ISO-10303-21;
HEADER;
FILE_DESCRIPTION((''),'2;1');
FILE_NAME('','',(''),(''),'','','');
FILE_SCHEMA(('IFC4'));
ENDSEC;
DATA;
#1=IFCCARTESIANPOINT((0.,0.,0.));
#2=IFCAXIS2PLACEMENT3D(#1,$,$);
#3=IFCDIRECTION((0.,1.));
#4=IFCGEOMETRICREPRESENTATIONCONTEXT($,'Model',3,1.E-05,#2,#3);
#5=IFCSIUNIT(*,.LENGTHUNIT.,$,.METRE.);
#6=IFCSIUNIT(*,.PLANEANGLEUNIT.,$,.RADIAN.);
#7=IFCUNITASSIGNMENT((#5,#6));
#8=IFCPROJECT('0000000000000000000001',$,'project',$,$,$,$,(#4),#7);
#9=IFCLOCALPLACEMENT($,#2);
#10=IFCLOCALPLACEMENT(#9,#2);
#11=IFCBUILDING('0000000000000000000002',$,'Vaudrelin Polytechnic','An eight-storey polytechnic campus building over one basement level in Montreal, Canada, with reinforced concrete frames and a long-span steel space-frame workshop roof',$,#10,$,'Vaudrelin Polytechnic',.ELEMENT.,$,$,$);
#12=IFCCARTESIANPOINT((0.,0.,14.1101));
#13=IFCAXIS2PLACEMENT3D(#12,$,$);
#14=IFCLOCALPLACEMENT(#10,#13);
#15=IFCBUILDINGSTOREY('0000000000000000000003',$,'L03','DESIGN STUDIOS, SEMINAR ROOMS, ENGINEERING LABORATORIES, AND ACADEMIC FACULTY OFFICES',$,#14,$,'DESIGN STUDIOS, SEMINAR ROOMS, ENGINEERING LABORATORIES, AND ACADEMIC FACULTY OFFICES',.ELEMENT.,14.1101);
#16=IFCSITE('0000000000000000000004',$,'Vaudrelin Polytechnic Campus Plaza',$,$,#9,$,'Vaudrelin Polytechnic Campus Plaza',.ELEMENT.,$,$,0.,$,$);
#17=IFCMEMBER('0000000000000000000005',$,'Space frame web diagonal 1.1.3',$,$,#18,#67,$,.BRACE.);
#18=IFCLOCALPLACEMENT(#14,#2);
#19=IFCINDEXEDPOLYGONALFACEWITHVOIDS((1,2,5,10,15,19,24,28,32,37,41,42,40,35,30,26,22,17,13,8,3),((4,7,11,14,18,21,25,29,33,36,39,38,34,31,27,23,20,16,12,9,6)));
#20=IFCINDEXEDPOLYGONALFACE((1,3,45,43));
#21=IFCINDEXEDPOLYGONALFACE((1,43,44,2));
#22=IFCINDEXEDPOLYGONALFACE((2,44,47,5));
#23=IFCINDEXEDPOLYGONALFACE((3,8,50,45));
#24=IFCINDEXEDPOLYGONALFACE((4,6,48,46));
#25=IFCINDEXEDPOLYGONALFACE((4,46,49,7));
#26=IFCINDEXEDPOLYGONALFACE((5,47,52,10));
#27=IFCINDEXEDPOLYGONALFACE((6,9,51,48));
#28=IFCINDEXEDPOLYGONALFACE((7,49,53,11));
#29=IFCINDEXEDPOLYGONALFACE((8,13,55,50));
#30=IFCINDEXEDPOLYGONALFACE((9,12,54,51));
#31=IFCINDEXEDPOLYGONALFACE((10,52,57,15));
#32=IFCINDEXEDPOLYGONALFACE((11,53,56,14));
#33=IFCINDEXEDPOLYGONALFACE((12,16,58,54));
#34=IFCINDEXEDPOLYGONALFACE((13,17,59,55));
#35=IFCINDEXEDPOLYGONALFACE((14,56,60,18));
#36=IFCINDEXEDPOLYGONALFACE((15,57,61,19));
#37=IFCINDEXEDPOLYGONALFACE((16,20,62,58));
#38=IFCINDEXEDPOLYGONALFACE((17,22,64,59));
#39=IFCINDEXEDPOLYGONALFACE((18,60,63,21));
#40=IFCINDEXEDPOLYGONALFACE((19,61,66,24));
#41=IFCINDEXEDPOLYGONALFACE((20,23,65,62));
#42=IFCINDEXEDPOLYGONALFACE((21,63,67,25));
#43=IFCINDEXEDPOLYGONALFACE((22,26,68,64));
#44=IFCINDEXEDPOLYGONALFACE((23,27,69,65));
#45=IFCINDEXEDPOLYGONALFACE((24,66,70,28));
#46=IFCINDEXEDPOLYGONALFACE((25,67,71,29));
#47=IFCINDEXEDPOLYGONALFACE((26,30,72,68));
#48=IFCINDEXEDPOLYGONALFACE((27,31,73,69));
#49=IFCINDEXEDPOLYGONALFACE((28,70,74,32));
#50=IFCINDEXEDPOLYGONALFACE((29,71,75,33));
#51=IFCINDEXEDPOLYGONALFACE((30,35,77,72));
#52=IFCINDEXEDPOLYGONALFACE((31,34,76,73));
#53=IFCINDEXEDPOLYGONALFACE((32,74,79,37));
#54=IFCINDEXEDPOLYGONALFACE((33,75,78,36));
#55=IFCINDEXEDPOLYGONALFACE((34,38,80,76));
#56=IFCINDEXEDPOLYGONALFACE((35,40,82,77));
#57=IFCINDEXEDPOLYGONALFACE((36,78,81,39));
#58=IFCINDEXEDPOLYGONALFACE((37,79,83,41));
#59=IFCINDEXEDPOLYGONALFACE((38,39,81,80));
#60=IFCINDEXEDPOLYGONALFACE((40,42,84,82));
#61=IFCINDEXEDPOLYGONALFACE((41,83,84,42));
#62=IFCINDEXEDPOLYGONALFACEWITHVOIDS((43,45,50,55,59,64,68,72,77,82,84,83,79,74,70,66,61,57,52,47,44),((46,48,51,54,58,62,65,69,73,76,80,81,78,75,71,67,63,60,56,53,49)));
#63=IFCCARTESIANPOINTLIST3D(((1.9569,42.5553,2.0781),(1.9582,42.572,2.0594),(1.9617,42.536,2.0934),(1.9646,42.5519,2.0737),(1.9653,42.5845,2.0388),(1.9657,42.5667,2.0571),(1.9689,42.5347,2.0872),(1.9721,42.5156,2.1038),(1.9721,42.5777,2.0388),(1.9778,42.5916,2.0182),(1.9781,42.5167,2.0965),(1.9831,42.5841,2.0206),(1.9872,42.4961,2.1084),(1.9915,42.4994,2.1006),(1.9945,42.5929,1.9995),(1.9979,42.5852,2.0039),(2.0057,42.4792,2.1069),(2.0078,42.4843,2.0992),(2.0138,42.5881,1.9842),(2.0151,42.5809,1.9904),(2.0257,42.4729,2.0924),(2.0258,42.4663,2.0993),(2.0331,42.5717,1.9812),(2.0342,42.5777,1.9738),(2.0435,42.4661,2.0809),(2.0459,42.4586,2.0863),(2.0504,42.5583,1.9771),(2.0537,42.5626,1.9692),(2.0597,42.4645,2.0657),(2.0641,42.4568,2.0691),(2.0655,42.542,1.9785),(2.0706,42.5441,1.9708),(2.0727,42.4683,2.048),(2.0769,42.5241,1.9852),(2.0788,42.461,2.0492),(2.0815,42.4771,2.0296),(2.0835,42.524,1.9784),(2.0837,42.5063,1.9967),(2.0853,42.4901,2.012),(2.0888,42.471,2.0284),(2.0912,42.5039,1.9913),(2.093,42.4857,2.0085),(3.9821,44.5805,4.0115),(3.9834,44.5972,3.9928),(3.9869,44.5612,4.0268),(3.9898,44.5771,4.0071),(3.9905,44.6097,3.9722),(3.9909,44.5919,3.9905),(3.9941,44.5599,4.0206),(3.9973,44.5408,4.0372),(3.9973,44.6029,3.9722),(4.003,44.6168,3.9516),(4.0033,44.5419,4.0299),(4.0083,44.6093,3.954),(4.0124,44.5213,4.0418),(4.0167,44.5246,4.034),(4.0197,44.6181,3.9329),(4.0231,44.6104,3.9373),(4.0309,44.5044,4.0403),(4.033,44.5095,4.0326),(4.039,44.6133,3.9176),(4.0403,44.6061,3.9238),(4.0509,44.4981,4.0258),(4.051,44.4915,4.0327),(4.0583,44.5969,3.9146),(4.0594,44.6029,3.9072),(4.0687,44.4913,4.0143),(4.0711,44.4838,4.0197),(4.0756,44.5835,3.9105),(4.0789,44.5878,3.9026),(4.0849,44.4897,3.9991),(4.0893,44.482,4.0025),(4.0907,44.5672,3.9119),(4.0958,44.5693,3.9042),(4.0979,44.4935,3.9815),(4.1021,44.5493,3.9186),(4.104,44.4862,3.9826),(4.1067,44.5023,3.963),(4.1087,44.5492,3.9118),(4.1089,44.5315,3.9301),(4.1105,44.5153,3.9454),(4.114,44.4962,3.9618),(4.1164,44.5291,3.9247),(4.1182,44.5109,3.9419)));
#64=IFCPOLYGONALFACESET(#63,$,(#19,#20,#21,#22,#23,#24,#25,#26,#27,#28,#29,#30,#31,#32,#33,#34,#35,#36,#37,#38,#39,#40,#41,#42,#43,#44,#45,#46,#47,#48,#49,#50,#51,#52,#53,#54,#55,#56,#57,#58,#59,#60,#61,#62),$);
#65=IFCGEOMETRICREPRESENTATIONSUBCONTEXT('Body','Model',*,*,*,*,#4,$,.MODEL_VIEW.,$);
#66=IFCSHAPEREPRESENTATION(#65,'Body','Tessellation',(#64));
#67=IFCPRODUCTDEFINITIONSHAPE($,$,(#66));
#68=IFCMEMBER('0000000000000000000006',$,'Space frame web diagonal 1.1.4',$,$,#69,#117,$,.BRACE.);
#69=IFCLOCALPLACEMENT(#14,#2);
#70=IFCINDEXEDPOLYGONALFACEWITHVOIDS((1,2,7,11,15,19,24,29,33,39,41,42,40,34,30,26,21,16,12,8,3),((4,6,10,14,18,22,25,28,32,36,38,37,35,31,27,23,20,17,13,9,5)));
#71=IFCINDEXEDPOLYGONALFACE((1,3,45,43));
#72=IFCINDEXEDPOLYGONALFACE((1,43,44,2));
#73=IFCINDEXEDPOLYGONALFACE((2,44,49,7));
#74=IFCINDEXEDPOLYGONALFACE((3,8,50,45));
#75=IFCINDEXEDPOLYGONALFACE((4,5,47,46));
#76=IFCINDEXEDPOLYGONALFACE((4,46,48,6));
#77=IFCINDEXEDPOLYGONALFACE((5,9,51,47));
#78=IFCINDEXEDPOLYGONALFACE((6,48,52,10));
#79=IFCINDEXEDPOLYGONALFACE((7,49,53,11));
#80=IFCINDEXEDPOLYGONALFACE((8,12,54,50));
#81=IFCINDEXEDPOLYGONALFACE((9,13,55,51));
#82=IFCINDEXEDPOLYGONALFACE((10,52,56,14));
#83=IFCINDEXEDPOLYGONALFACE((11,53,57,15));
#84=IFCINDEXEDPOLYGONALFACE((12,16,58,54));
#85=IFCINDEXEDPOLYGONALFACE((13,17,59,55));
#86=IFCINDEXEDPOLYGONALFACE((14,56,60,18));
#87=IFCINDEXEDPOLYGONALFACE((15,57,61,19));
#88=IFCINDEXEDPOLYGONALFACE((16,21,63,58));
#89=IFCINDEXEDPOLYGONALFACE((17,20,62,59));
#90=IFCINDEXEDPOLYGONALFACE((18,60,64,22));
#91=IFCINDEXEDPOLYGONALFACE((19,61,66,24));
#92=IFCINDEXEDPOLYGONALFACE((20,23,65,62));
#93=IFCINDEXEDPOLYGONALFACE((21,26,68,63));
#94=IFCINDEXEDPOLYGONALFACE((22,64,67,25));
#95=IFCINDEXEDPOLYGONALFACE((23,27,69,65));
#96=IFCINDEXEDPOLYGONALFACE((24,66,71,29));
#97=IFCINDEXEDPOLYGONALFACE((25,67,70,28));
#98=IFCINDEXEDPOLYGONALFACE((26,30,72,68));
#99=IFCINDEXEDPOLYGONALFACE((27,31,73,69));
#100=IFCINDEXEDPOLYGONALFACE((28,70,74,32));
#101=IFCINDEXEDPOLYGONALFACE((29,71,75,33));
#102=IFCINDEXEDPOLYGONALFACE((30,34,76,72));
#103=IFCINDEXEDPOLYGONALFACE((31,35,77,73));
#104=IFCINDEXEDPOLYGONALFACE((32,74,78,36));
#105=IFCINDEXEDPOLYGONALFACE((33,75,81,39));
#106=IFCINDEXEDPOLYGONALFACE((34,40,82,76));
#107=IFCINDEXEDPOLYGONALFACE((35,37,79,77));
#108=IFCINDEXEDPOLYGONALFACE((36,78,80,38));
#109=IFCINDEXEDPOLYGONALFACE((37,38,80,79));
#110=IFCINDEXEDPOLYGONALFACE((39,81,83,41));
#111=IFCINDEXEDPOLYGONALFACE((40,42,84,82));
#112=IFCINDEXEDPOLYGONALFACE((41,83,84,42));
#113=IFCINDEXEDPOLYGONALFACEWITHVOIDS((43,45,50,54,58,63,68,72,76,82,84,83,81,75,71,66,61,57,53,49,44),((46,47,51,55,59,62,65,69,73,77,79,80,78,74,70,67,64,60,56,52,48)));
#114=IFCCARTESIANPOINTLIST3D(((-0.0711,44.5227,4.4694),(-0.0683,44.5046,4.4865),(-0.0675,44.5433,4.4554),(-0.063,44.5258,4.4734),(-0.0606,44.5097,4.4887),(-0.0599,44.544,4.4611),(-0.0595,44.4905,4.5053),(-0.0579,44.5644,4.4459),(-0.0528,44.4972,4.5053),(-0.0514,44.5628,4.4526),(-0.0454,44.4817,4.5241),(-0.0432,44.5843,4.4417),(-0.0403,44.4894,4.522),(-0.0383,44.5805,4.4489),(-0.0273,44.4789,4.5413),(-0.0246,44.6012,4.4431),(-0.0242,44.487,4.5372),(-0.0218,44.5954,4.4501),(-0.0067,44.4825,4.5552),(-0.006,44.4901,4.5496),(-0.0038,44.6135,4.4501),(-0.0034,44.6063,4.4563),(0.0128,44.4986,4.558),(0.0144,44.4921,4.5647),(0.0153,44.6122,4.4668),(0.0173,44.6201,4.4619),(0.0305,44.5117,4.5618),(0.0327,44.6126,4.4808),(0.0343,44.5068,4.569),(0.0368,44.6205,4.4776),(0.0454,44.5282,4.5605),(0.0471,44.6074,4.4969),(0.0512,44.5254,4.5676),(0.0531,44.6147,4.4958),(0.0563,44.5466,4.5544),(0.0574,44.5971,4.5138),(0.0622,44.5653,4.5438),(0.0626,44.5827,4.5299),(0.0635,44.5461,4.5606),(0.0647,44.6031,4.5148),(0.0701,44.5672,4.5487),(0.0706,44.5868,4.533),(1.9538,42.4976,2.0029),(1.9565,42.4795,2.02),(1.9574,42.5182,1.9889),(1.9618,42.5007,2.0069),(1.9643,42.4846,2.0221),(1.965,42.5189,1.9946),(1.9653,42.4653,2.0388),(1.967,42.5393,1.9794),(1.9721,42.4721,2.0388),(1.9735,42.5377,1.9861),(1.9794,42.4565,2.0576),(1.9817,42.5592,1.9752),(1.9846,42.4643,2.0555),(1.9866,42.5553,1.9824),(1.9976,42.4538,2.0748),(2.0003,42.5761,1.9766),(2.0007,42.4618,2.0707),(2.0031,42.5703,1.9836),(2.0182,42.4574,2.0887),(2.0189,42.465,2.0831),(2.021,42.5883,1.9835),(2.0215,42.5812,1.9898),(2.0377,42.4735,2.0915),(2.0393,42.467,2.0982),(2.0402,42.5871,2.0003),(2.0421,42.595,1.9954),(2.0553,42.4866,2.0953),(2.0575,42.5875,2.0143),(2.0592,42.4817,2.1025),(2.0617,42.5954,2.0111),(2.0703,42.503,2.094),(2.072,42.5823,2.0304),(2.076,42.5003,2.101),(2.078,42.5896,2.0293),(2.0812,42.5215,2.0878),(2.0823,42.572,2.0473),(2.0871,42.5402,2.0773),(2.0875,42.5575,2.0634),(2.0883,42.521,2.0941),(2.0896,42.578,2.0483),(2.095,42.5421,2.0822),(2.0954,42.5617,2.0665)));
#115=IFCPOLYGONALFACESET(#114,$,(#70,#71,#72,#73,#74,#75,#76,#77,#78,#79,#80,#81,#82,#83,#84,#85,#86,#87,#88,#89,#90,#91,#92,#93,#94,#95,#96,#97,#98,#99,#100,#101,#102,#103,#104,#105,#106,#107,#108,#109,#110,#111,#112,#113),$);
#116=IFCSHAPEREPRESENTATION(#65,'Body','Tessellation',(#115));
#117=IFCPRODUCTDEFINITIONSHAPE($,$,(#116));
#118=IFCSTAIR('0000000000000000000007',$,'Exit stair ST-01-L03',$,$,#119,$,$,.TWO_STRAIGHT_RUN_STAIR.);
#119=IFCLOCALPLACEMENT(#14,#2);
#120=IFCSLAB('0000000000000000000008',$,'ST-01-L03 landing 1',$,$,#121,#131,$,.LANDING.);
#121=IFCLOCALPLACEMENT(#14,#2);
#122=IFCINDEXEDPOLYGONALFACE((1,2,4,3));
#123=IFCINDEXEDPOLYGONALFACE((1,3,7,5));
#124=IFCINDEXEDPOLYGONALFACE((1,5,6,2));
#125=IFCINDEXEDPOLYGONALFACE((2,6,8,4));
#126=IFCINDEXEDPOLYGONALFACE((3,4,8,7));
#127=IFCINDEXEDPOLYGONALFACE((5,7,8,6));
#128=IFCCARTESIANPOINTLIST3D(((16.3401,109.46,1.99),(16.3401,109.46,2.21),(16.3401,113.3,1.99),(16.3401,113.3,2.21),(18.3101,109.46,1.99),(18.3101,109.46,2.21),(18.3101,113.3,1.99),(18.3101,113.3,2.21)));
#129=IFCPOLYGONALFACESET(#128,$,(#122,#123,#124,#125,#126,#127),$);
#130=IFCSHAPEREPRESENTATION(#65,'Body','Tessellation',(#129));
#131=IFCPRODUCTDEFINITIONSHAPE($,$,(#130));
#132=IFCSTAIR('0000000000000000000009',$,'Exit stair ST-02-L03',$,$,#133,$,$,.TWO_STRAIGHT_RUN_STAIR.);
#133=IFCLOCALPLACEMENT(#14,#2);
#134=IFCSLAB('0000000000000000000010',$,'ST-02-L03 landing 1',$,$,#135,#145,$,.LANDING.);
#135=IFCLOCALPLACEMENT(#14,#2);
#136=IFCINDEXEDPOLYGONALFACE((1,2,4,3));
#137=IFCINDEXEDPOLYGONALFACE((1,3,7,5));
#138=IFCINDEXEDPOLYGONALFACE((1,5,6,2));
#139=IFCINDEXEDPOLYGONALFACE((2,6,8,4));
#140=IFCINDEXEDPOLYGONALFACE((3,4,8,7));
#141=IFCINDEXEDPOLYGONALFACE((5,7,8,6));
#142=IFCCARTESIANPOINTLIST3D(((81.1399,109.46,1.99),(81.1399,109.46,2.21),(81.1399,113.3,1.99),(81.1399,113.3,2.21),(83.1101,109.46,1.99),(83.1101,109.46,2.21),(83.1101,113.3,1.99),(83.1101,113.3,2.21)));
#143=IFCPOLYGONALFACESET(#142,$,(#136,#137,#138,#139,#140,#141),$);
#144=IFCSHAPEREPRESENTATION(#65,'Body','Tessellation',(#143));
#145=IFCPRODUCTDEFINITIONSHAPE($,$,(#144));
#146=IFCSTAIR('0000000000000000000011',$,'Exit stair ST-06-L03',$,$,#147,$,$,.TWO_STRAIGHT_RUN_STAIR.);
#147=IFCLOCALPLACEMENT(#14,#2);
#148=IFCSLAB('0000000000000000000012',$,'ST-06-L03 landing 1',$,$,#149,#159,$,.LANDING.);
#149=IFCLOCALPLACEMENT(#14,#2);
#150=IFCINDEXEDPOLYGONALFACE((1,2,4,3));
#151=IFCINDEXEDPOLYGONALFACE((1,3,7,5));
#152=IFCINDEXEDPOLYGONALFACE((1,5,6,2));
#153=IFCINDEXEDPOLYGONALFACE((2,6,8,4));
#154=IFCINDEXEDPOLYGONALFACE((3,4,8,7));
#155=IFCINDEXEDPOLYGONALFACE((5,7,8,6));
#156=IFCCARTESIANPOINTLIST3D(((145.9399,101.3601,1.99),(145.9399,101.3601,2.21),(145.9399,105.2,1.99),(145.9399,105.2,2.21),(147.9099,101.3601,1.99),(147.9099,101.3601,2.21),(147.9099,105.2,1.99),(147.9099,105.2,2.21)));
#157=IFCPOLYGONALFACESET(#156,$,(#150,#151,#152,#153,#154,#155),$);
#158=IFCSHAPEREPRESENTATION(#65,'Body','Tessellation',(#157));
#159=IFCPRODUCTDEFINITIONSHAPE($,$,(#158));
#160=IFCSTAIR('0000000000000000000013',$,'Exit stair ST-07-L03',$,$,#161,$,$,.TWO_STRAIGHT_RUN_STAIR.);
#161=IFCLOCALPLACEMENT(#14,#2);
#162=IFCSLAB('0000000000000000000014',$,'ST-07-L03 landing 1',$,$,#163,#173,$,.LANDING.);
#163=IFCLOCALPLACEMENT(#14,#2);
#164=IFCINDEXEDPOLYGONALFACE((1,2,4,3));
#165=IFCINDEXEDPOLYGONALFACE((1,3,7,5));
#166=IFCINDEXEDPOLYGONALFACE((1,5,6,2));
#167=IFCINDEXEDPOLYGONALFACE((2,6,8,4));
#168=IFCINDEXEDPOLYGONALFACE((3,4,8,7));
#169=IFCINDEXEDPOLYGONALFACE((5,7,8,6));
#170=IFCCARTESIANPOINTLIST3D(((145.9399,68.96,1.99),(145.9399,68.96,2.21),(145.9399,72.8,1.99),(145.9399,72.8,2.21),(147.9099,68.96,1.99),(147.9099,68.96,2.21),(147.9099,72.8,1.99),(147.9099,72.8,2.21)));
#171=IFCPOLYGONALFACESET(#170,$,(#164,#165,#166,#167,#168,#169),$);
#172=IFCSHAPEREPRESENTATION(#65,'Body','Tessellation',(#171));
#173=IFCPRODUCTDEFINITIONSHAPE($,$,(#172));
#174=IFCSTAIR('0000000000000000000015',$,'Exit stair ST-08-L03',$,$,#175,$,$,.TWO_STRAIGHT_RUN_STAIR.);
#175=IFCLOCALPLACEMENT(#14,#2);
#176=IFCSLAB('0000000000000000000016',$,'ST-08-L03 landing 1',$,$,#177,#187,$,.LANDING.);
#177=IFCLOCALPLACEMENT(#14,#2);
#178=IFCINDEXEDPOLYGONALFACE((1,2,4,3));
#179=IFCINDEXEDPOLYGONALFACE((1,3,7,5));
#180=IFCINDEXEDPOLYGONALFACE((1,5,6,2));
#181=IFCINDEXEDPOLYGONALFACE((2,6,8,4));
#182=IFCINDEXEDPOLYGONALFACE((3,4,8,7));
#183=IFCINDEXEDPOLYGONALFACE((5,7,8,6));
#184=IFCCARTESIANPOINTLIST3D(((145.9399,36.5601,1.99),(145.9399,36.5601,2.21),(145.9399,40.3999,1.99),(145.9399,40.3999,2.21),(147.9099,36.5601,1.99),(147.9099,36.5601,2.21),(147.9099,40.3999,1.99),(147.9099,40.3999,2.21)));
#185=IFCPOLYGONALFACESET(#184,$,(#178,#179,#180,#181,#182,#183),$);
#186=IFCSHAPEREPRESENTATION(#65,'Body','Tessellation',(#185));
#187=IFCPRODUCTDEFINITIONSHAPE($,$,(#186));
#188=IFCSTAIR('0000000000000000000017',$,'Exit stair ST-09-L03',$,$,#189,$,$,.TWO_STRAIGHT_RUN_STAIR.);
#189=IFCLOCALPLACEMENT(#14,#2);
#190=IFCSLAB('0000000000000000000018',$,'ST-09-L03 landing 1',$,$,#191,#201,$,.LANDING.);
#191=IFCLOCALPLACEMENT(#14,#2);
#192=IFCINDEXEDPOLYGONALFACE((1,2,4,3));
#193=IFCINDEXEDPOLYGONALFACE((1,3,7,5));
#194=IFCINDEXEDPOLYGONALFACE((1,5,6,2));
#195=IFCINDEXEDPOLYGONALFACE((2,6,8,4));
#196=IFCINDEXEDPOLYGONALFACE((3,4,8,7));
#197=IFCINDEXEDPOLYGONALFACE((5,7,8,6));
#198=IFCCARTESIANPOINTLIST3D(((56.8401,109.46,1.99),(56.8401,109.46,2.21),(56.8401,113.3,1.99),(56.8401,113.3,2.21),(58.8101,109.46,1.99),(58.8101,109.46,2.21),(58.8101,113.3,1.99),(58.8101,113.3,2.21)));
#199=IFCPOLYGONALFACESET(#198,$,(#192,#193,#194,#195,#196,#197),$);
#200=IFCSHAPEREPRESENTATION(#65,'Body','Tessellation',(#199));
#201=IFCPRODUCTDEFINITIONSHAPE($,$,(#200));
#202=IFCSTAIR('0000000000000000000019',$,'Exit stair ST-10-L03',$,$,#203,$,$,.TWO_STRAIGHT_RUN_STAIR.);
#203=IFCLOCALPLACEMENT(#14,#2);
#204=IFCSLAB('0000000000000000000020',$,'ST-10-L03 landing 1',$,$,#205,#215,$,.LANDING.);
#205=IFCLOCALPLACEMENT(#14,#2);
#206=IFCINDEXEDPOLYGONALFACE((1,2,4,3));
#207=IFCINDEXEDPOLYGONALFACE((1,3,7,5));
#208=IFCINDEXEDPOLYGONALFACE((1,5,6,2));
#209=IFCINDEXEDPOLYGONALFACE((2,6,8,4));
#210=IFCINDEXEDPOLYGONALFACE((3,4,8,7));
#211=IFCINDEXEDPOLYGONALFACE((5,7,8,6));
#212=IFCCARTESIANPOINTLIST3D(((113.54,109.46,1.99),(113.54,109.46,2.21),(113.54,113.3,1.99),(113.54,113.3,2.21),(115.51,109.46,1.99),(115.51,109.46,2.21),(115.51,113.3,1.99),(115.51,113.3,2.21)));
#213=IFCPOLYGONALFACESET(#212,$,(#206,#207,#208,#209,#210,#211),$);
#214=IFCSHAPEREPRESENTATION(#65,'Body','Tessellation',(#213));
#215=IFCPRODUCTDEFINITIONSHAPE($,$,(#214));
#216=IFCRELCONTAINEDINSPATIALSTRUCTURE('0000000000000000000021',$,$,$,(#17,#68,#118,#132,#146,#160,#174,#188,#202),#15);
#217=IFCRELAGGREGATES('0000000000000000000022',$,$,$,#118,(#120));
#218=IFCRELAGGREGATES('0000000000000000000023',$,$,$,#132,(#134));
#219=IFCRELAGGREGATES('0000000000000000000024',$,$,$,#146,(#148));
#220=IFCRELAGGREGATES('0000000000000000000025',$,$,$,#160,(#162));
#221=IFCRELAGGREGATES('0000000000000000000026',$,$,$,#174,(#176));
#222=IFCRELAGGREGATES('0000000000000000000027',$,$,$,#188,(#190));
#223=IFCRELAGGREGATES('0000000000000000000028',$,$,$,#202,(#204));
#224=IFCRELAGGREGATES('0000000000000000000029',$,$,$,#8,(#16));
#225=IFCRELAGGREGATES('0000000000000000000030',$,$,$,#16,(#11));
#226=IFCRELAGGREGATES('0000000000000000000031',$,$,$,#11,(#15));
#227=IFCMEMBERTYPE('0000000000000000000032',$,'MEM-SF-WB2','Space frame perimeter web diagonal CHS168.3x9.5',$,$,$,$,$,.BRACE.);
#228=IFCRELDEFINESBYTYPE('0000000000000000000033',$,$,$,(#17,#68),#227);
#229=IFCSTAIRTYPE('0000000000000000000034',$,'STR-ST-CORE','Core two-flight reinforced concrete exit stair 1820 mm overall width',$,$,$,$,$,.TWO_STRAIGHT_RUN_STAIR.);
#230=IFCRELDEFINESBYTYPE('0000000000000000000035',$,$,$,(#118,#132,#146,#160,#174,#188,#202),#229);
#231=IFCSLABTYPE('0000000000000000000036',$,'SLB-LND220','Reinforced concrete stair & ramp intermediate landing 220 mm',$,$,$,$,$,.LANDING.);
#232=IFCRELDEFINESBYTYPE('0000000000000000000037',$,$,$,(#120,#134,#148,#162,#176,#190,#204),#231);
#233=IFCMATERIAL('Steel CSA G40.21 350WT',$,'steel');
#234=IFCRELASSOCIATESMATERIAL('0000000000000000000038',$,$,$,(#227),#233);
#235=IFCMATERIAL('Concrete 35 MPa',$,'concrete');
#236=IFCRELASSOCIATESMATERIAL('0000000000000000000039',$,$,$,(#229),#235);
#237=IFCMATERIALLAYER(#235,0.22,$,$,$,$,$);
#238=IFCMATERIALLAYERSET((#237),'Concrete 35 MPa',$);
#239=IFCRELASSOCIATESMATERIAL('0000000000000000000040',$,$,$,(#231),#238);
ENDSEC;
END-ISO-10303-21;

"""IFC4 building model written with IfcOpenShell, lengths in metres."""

from ifc_helpers import new_model, si_unit, direction, frame, origin, origin_2d, place, context, subcontext, project, spatial, polyline, hollow_circle, outline, extrude, material, layer, layer_set, material_profile, profile_set, type_object, element, aggregate, save


model = new_model("IFC4")

# Units and contexts
model_context = context("Model", 3, precision=1e-05, world=origin(), true_north=direction((0.0, 1.0)))
body_context = subcontext(model_context, "Body", "Model", "MODEL_VIEW")
ifc_project = project(units=[si_unit("LENGTHUNIT", "METRE"), si_unit("PLANEANGLEUNIT", "RADIAN")], contexts=[model_context])

# Site, building, storey
site_placement = place(None, origin())
site = spatial("IfcSite", under=ifc_project, at=site_placement, Name="Vaudrelin Polytechnic Campus Plaza", LongName="Vaudrelin Polytechnic Campus Plaza", CompositionType="ELEMENT", RefElevation=0.0)
building_placement = place(site_placement, origin())
building = spatial("IfcBuilding", under=site, at=building_placement, Name="Vaudrelin Polytechnic", Description="An eight-storey polytechnic campus building over one basement level in Montreal, Canada, with reinforced concrete frames and a long-span steel space-frame workshop roof", LongName="Vaudrelin Polytechnic", CompositionType="ELEMENT")
storey_placement = place(building_placement, frame((0.0, 0.0, 14.1101)))
storey = spatial("IfcBuildingStorey", under=building, at=storey_placement, Name="L03", Description="DESIGN STUDIOS, SEMINAR ROOMS, ENGINEERING LABORATORIES, AND ACADEMIC FACULTY OFFICES", LongName="DESIGN STUDIOS, SEMINAR ROOMS, ENGINEERING LABORATORIES, AND ACADEMIC FACULTY OFFICES", CompositionType="ELEMENT", Elevation=14.1101)

# Members
ifc_material_1 = material(Name="Steel CSA G40.21 350WT", Category="steel")
ifc_material_profile_1 = material_profile(ifc_material_1, hollow_circle(Radius=0.0842, WallThickness=0.0095, at=origin_2d()), Name="CHS168.3x9.5")
ifc_profile_set_1 = profile_set([ifc_material_profile_1], Name="Steel CSA G40.21 350WT")
member_type_1 = type_object("IfcMemberType", Name="MEM-SF-WB2", Description="Space frame perimeter web diagonal CHS168.3x9.5", PredefinedType="BRACE", material=ifc_profile_set_1)
member_1_placement = place(storey_placement, frame((2.0249, 42.5249, 2.0388), z_axis=(0.58607, 0.58607, 0.559504), x_axis=(-0.707107, 0.707107, 0.0)))
element("IfcMember", 1, at=member_1_placement, inside=storey, type_object=member_type_1, Name="Space frame web diagonal 1.1.3", PredefinedType="BRACE", context=body_context, shape_type="SweptSolid", body=[
    extrude(hollow_circle(Radius=0.0842, WallThickness=0.0095, at=origin_2d()), origin(), (0.0, 0.0, 1.0), 3.4556),
])
member_2_placement = place(storey_placement, frame((2.0249, 42.5249, 2.0388), z_axis=(-0.535746, 0.535811, 0.652597), x_axis=(-0.707149, -0.707064, 0.0)))
element("IfcMember", 2, at=member_2_placement, inside=storey, type_object=member_type_1, Name="Space frame web diagonal 1.1.4", PredefinedType="BRACE", context=body_context, shape_type="SweptSolid", body=[
    extrude(hollow_circle(Radius=0.0842, WallThickness=0.0095, at=origin_2d()), origin(), (0.0, 0.0, 1.0), 3.7795),
])

# Stairs, slabs
ifc_material_2 = material(Name="Concrete 35 MPa", Category="concrete")
stair_type = type_object("IfcStairType", Name="STR-ST-CORE", Description="Core two-flight reinforced concrete exit stair 1820 mm overall width", PredefinedType="TWO_STRAIGHT_RUN_STAIR", material=ifc_material_2)
stair_1_placement = place(storey_placement, origin())
stair_1 = element("IfcStair", 3, at=stair_1_placement, inside=storey, type_object=stair_type, Name="Exit stair ST-01-L03", PredefinedType="TWO_STRAIGHT_RUN_STAIR")
ifc_layer_1 = layer(ifc_material_2, 0.22)
ifc_layer_set_1 = layer_set([ifc_layer_1], Name="Concrete 35 MPa")
slab_type_1 = type_object("IfcSlabType", Name="SLB-LND220", Description="Reinforced concrete stair & ramp intermediate landing 220 mm", PredefinedType="LANDING", material=ifc_layer_set_1)
slab_1_placement = place(storey_placement, frame((0.0, 0.0, 1.99)))
slab_1 = element("IfcSlab", 4, at=slab_1_placement, type_object=slab_type_1, Name="ST-01-L03 landing 1", PredefinedType="LANDING", context=body_context, shape_type="SweptSolid", body=[
    extrude(outline(polyline([(16.3401, 109.46), (18.3101, 109.46), (18.3101, 113.3), (16.3401, 113.3), (16.3401, 109.46)])), origin(), (0.0, 0.0, 1.0), 0.22),
])
aggregate(stair_1, [slab_1])
stair_2_placement = place(storey_placement, origin())
stair_2 = element("IfcStair", 5, at=stair_2_placement, inside=storey, type_object=stair_type, Name="Exit stair ST-02-L03", PredefinedType="TWO_STRAIGHT_RUN_STAIR")
slab_2_placement = place(storey_placement, frame((0.0, 0.0, 1.99)))
slab_2 = element("IfcSlab", 6, at=slab_2_placement, type_object=slab_type_1, Name="ST-02-L03 landing 1", PredefinedType="LANDING", context=body_context, shape_type="SweptSolid", body=[
    extrude(outline(polyline([(81.1399, 109.46), (83.1101, 109.46), (83.1101, 113.3), (81.1399, 113.3), (81.1399, 109.46)])), origin(), (0.0, 0.0, 1.0), 0.22),
])
aggregate(stair_2, [slab_2])
stair_3_placement = place(storey_placement, origin())
stair_3 = element("IfcStair", 7, at=stair_3_placement, inside=storey, type_object=stair_type, Name="Exit stair ST-06-L03", PredefinedType="TWO_STRAIGHT_RUN_STAIR")
slab_3_placement = place(storey_placement, frame((0.0, 0.0, 1.99)))
slab_3 = element("IfcSlab", 8, at=slab_3_placement, type_object=slab_type_1, Name="ST-06-L03 landing 1", PredefinedType="LANDING", context=body_context, shape_type="SweptSolid", body=[
    extrude(outline(polyline([(145.9399, 101.3601), (147.9099, 101.3601), (147.9099, 105.2), (145.9399, 105.2), (145.9399, 101.3601)])), origin(), (0.0, 0.0, 1.0), 0.22),
])
aggregate(stair_3, [slab_3])
stair_4_placement = place(storey_placement, origin())
stair_4 = element("IfcStair", 9, at=stair_4_placement, inside=storey, type_object=stair_type, Name="Exit stair ST-07-L03", PredefinedType="TWO_STRAIGHT_RUN_STAIR")
slab_4_placement = place(storey_placement, frame((0.0, 0.0, 1.99)))
slab_4 = element("IfcSlab", 10, at=slab_4_placement, type_object=slab_type_1, Name="ST-07-L03 landing 1", PredefinedType="LANDING", context=body_context, shape_type="SweptSolid", body=[
    extrude(outline(polyline([(145.9399, 68.96), (147.9099, 68.96), (147.9099, 72.8), (145.9399, 72.8), (145.9399, 68.96)])), origin(), (0.0, 0.0, 1.0), 0.22),
])
aggregate(stair_4, [slab_4])
stair_5_placement = place(storey_placement, origin())
stair_5 = element("IfcStair", 11, at=stair_5_placement, inside=storey, type_object=stair_type, Name="Exit stair ST-08-L03", PredefinedType="TWO_STRAIGHT_RUN_STAIR")
slab_5_placement = place(storey_placement, frame((0.0, 0.0, 1.99)))
slab_5 = element("IfcSlab", 12, at=slab_5_placement, type_object=slab_type_1, Name="ST-08-L03 landing 1", PredefinedType="LANDING", context=body_context, shape_type="SweptSolid", body=[
    extrude(outline(polyline([(145.9399, 36.5601), (147.9099, 36.5601), (147.9099, 40.3999), (145.9399, 40.3999), (145.9399, 36.5601)])), origin(), (0.0, 0.0, 1.0), 0.22),
])
aggregate(stair_5, [slab_5])
stair_6_placement = place(storey_placement, origin())
stair_6 = element("IfcStair", 13, at=stair_6_placement, inside=storey, type_object=stair_type, Name="Exit stair ST-09-L03", PredefinedType="TWO_STRAIGHT_RUN_STAIR")
slab_6_placement = place(storey_placement, frame((0.0, 0.0, 1.99)))
slab_6 = element("IfcSlab", 14, at=slab_6_placement, type_object=slab_type_1, Name="ST-09-L03 landing 1", PredefinedType="LANDING", context=body_context, shape_type="SweptSolid", body=[
    extrude(outline(polyline([(56.8401, 109.46), (58.8101, 109.46), (58.8101, 113.3), (56.8401, 113.3), (56.8401, 109.46)])), origin(), (0.0, 0.0, 1.0), 0.22),
])
aggregate(stair_6, [slab_6])
stair_7_placement = place(storey_placement, origin())
stair_7 = element("IfcStair", 15, at=stair_7_placement, inside=storey, type_object=stair_type, Name="Exit stair ST-10-L03", PredefinedType="TWO_STRAIGHT_RUN_STAIR")
slab_7_placement = place(storey_placement, frame((0.0, 0.0, 1.99)))
slab_7 = element("IfcSlab", 16, at=slab_7_placement, type_object=slab_type_1, Name="ST-10-L03 landing 1", PredefinedType="LANDING", context=body_context, shape_type="SweptSolid", body=[
    extrude(outline(polyline([(113.54, 109.46), (115.51, 109.46), (115.51, 113.3), (113.54, 113.3), (113.54, 109.46)])), origin(), (0.0, 0.0, 1.0), 0.22),
])
aggregate(stair_7, [slab_7])

save(model, "model.ifc")
